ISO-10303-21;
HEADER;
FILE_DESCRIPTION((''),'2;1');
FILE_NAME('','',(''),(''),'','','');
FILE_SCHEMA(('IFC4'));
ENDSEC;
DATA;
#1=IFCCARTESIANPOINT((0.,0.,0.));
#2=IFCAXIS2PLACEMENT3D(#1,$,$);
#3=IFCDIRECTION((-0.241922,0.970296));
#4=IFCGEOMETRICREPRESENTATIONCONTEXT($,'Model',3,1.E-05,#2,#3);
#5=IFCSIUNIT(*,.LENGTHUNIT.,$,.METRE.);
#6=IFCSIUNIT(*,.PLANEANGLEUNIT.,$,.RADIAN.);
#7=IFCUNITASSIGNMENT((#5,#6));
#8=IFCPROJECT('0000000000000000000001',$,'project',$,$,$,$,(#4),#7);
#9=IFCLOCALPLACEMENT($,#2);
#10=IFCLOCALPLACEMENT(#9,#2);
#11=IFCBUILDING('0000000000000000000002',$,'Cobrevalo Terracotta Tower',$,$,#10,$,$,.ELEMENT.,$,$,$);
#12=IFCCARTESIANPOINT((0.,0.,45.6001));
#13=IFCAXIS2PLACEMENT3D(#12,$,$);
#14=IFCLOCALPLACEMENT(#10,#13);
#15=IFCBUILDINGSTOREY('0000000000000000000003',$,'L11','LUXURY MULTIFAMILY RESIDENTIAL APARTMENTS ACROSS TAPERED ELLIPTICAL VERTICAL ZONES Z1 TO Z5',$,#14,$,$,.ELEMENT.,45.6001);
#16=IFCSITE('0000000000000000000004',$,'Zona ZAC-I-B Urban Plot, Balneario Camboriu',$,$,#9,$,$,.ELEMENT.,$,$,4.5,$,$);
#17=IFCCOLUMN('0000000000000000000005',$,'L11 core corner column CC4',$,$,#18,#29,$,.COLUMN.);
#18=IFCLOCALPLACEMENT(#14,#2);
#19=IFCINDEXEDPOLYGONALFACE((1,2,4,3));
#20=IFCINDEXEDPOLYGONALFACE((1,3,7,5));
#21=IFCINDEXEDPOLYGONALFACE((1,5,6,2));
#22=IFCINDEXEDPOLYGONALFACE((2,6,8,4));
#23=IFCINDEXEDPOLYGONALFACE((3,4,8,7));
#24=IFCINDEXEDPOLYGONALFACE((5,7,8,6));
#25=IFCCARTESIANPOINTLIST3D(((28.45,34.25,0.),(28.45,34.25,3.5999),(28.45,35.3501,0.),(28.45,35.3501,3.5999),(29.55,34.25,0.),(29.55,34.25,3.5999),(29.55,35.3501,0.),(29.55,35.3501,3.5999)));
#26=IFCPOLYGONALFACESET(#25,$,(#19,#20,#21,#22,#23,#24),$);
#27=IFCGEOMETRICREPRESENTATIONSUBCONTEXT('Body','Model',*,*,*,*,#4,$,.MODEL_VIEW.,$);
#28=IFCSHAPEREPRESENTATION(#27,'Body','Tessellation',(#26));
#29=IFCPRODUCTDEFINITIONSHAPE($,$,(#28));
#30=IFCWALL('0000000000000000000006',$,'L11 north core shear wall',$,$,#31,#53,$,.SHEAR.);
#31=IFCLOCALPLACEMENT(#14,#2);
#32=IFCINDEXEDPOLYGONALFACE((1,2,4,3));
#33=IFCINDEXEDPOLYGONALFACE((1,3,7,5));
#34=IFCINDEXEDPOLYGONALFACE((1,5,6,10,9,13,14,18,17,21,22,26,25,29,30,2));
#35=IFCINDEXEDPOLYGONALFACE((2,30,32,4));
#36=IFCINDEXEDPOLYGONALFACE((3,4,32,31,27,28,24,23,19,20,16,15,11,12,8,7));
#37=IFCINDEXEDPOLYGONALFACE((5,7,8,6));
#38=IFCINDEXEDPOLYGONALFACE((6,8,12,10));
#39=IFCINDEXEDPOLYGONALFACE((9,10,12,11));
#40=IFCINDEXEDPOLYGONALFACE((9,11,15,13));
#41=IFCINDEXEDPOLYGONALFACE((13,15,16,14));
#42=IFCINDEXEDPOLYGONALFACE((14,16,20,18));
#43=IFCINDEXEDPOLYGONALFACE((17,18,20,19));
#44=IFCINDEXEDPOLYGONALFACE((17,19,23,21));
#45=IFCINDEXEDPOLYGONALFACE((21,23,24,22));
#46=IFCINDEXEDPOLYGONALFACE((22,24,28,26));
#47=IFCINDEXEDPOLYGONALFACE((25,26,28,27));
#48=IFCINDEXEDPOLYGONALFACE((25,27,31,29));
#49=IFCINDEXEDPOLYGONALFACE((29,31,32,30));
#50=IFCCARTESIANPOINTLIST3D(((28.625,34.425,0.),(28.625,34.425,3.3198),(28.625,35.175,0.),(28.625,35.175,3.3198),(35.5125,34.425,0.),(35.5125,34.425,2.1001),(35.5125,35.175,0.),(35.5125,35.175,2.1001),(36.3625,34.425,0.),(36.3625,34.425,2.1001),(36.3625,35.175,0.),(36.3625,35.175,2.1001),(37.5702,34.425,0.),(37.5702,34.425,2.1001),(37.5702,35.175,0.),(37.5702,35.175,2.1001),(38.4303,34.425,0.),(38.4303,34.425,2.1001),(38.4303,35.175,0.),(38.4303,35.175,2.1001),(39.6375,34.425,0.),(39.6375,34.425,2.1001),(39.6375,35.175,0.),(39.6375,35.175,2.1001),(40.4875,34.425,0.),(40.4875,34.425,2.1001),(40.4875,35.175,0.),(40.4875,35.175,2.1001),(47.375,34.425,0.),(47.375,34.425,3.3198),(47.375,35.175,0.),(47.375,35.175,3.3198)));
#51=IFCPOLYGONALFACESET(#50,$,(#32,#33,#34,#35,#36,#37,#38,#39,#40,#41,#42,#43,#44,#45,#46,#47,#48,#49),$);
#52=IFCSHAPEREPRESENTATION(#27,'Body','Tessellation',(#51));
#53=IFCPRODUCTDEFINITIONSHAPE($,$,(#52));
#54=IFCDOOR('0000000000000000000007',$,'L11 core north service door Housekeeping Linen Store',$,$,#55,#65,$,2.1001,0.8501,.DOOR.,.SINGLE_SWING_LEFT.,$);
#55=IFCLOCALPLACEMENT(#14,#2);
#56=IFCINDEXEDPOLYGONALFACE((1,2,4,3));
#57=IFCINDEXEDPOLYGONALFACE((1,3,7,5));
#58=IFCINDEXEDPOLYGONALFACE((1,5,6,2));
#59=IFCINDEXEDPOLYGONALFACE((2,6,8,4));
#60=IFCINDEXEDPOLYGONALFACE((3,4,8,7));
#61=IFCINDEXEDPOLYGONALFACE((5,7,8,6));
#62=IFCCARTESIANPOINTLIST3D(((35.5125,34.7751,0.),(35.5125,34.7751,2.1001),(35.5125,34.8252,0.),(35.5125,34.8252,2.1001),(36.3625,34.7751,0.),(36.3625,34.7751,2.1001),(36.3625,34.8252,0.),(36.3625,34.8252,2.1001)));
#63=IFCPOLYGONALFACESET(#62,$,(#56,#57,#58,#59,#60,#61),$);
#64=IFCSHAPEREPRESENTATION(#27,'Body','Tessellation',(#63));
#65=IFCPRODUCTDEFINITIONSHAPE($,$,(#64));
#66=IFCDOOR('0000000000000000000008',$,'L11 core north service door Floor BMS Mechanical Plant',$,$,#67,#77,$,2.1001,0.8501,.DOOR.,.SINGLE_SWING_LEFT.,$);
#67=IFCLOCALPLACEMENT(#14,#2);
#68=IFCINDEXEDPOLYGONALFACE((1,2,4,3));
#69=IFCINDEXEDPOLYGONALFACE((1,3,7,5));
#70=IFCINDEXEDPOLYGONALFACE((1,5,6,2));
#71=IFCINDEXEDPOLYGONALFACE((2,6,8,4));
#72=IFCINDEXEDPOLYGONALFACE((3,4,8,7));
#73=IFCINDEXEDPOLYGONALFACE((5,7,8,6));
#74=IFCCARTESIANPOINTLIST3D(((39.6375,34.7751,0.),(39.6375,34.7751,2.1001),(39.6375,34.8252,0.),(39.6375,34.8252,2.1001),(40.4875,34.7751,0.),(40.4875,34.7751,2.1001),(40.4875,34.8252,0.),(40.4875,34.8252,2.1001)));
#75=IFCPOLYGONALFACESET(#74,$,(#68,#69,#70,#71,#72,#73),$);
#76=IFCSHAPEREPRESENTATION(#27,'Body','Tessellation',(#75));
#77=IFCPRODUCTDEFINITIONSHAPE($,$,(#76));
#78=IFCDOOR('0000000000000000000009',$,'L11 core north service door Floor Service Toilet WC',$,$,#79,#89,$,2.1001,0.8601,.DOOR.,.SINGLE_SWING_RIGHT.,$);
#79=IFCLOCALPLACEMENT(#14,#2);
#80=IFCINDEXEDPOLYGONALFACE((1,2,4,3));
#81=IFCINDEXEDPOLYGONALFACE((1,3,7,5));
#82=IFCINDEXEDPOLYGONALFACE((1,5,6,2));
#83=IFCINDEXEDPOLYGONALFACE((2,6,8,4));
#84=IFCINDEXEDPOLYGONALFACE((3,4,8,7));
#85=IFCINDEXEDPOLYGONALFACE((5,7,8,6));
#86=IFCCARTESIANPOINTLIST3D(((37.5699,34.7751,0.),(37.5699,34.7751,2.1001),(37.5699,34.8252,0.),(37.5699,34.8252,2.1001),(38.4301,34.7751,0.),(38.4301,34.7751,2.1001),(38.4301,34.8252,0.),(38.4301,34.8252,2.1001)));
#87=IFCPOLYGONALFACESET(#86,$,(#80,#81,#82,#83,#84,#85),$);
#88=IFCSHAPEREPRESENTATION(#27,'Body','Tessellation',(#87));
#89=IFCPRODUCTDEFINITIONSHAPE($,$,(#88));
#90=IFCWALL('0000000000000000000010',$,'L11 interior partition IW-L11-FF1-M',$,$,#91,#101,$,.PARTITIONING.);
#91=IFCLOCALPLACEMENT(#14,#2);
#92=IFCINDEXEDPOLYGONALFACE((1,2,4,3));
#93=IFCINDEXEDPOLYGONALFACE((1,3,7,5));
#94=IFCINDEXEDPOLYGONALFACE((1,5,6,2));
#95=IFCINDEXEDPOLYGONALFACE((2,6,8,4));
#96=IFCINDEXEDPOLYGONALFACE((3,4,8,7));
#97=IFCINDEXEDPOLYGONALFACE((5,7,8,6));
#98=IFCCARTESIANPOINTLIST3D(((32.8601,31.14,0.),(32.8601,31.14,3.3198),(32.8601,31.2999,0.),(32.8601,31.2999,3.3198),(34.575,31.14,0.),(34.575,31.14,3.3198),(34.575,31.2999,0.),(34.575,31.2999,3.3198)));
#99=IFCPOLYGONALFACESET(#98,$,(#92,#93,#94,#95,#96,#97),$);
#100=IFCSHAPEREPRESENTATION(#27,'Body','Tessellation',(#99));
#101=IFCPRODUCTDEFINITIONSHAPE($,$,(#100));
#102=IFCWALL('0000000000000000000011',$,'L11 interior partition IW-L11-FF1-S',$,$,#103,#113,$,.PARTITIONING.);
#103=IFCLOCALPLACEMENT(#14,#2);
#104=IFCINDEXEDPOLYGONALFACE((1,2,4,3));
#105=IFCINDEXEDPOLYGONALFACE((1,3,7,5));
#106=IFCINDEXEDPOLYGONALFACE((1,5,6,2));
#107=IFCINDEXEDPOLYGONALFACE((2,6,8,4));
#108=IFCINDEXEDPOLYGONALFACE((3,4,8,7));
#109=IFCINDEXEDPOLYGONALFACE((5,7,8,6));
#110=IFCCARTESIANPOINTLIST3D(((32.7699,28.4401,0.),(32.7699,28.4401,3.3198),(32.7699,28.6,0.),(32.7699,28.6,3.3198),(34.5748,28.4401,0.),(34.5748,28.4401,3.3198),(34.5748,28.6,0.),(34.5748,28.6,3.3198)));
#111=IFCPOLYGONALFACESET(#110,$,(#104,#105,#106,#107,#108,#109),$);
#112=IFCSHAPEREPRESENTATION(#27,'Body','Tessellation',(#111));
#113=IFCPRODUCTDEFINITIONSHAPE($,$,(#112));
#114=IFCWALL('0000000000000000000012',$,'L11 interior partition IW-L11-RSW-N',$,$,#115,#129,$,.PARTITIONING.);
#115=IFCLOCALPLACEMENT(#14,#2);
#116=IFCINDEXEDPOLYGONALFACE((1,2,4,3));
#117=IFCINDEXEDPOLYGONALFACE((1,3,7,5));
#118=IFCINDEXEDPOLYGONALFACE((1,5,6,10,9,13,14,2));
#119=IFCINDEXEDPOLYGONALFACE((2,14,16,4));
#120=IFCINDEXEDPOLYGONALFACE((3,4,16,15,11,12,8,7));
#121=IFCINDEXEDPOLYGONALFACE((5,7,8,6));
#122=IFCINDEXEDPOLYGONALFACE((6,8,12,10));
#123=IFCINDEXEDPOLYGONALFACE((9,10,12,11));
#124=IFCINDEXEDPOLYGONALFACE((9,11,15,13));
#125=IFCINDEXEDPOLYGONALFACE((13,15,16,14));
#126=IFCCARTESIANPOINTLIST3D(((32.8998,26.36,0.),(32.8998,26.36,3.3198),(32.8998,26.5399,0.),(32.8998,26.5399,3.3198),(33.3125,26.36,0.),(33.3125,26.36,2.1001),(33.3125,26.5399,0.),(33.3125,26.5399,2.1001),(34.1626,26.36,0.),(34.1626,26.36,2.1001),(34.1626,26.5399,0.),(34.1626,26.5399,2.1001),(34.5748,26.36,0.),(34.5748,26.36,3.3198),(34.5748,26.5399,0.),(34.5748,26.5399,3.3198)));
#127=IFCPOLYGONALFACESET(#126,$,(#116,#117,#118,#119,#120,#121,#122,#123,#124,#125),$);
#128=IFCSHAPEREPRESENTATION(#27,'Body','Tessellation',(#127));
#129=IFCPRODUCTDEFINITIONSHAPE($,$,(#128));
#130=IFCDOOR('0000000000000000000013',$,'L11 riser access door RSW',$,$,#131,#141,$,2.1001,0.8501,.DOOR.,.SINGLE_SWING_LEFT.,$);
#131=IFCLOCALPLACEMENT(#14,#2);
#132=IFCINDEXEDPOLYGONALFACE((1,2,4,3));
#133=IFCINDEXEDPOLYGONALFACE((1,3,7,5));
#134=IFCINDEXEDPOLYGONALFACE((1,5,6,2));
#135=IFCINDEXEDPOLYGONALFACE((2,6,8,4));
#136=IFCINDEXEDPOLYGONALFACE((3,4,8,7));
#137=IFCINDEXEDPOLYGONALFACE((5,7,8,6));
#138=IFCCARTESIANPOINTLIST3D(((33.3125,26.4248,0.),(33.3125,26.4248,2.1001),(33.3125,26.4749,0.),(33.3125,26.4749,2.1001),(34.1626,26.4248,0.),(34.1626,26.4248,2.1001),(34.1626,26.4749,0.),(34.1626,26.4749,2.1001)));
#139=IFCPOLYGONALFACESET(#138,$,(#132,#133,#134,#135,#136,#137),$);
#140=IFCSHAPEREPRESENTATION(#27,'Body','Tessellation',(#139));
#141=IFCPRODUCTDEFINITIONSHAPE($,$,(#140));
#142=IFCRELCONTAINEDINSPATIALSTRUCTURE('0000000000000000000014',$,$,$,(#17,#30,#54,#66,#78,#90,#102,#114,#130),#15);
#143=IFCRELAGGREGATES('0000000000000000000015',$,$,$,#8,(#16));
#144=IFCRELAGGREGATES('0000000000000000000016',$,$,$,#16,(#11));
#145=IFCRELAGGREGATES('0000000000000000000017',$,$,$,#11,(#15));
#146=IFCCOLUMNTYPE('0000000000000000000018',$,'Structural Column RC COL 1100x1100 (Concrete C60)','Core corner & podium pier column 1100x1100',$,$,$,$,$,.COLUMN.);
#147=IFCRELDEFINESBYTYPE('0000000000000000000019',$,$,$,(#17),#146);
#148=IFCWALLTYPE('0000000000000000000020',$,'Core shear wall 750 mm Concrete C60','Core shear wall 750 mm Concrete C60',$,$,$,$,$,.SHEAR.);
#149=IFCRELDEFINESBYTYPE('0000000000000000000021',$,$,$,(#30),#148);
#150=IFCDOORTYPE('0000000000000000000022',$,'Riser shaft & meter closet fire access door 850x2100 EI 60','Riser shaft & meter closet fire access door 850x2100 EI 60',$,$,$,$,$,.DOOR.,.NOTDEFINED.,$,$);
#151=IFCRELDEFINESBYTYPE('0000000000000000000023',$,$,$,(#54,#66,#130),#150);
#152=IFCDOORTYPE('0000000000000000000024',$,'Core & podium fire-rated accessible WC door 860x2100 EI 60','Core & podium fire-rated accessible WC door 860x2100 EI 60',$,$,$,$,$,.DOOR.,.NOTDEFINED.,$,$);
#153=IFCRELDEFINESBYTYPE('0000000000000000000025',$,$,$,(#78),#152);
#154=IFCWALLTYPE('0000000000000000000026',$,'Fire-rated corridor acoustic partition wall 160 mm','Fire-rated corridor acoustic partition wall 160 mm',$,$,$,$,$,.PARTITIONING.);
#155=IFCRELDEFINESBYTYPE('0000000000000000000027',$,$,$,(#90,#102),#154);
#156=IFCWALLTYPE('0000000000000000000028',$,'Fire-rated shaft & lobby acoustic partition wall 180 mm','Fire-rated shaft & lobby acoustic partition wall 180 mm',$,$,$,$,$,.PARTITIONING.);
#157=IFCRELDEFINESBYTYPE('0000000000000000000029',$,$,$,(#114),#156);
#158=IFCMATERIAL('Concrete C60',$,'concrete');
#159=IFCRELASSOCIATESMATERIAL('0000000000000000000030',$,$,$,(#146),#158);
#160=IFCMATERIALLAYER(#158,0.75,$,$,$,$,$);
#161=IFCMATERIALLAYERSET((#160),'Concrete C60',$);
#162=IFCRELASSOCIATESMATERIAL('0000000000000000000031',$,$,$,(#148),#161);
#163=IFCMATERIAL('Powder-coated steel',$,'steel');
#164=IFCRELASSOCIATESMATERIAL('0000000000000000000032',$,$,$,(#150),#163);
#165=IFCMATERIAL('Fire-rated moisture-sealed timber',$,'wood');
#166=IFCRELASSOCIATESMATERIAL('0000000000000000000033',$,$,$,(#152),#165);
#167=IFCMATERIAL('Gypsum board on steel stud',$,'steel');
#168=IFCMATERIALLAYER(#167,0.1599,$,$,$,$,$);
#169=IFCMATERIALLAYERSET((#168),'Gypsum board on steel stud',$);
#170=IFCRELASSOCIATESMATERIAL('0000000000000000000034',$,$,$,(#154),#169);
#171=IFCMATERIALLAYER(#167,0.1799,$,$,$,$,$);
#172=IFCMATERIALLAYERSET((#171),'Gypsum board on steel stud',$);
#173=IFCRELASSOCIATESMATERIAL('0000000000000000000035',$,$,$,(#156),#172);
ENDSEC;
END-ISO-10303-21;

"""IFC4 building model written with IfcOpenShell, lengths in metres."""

from ifc_helpers import new_model, si_unit, direction, frame, frame_2d, origin, origin_2d, place, context, subcontext, project, spatial, rectangle, extrude, source, transform, mapped, material, layer, layer_set, material_profile, profile_set, type_object, element, fill, save


model = new_model("IFC4")

# Units and contexts
model_context = context("Model", 3, precision=1e-05, world=origin(), true_north=direction((-0.241922, 0.970296)))
body_context = subcontext(model_context, "Body", "Model", "MODEL_VIEW")
ifc_project = project(units=[si_unit("LENGTHUNIT", "METRE"), si_unit("PLANEANGLEUNIT", "RADIAN")], contexts=[model_context])

# Site, building, storey
site_placement = place(None, origin())
site = spatial("IfcSite", under=ifc_project, at=site_placement, Name="Zona ZAC-I-B Urban Plot, Balneario Camboriu", CompositionType="ELEMENT", RefElevation=4.5)
building_placement = place(site_placement, origin())
building = spatial("IfcBuilding", under=site, at=building_placement, Name="Cobrevalo Terracotta Tower", CompositionType="ELEMENT")
storey_placement = place(building_placement, frame((0.0, 0.0, 45.6001)))
storey = spatial("IfcBuildingStorey", under=building, at=storey_placement, Name="L11", Description="LUXURY MULTIFAMILY RESIDENTIAL APARTMENTS ACROSS TAPERED ELLIPTICAL VERTICAL ZONES Z1 TO Z5", CompositionType="ELEMENT", Elevation=45.6001)

# Column
ifc_material_1 = material(Name="Concrete C60", Category="concrete")
ifc_material_profile = material_profile(ifc_material_1, rectangle(XDim=1.1001, YDim=1.1001, at=origin_2d()), Name="RC COL 1100x1100")
ifc_profile_set = profile_set([ifc_material_profile], Name="Concrete C60")
column_type = type_object("IfcColumnType", Name="Structural Column RC COL 1100x1100 (Concrete C60)", Description="Core corner & podium pier column 1100x1100", PredefinedType="COLUMN", material=ifc_profile_set)
column_placement = place(storey_placement, frame((29.0, 34.8, 0.0), z_axis=(0.0, 0.0, 1.0), x_axis=(1.0, 0.0, 0.0)))
element("IfcColumn", 1, at=column_placement, inside=storey, type_object=column_type, Name="L11 core corner column CC4", PredefinedType="COLUMN", context=body_context, shape_type="SweptSolid", body=[
    extrude(rectangle(XDim=1.1001, YDim=1.1001, at=origin_2d()), origin(), (0.0, 0.0, 1.0), 3.5999),
])

# Wall, openings, doors
ifc_layer_1 = layer(ifc_material_1, 0.75)
ifc_layer_set_1 = layer_set([ifc_layer_1], Name="Concrete C60")
wall_type_1 = type_object("IfcWallType", Name="Core shear wall 750 mm Concrete C60", Description="Core shear wall 750 mm Concrete C60", PredefinedType="SHEAR", material=ifc_layer_set_1)
wall_1_placement = place(storey_placement, frame((28.625, 34.8, 0.0), z_axis=(0.0, 0.0, 1.0), x_axis=(1.0, 0.0, 0.0)))
wall_1 = element("IfcWall", 2, at=wall_1_placement, inside=storey, type_object=wall_type_1, Name="L11 north core shear wall", PredefinedType="SHEAR", context=body_context, shape_type="SweptSolid", body=[
    extrude(rectangle(XDim=18.75, YDim=0.75, at=frame_2d((9.375, 0.0))), origin(), (0.0, 0.0, 1.0), 3.3198),
])
opening_1_placement = place(wall_1_placement, frame((6.8875, 0.0, 0.0)))
opening_1 = element("IfcOpeningElement", 3, at=opening_1_placement, cuts=wall_1, PredefinedType="OPENING", context=body_context, shape_type="SweptSolid", body=[
    extrude(rectangle(XDim=0.8501, YDim=2.1001, at=frame_2d((0.425, 1.05))), frame((0.0, 0.385, 0.0), z_axis=(0.0, -1.0, 0.0), x_axis=(1.0, 0.0, 0.0)), (0.0, 0.0, 1.0), 0.77),
])
opening_2_placement = place(wall_1_placement, frame((8.9451, 0.0, 0.0)))
opening_2 = element("IfcOpeningElement", 4, at=opening_2_placement, cuts=wall_1, PredefinedType="OPENING", context=body_context, shape_type="SweptSolid", body=[
    extrude(rectangle(XDim=0.8601, YDim=2.1001, at=frame_2d((0.4302, 1.05))), frame((0.0, 0.385, 0.0), z_axis=(0.0, -1.0, 0.0), x_axis=(1.0, 0.0, 0.0)), (0.0, 0.0, 1.0), 0.77),
])
opening_3_placement = place(wall_1_placement, frame((11.0125, 0.0, 0.0)))
opening_3 = element("IfcOpeningElement", 5, at=opening_3_placement, cuts=wall_1, PredefinedType="OPENING", context=body_context, shape_type="SweptSolid", body=[
    extrude(rectangle(XDim=0.8501, YDim=2.1001, at=frame_2d((0.425, 1.05))), frame((0.0, 0.385, 0.0), z_axis=(0.0, -1.0, 0.0), x_axis=(1.0, 0.0, 0.0)), (0.0, 0.0, 1.0), 0.77),
])
ifc_material_2 = material(Name="Powder-coated steel", Category="steel")
door_type_1 = type_object("IfcDoorType", Name="Riser shaft & meter closet fire access door 850x2100 EI 60", Description="Riser shaft & meter closet fire access door 850x2100 EI 60", OperationType="NOTDEFINED", PredefinedType="DOOR", material=ifc_material_2)
shared_shape_1 = source(origin(), body_context, "Body", "SweptSolid", [
    extrude(rectangle(XDim=0.8501, YDim=2.1001, at=frame_2d((0.425, 1.05))), frame((0.0, 0.0249, 0.0), z_axis=(0.0, -1.0, 0.0), x_axis=(1.0, 0.0, 0.0)), (0.0, 0.0, 1.0), 0.05),
])
door_1_placement = place(opening_1_placement, frame((0.8501, 0.0, 0.0), z_axis=(0.0, 0.0, 1.0), x_axis=(-1.0, 0.0, 0.0)))
door_1 = element("IfcDoor", 6, at=door_1_placement, inside=storey, type_object=door_type_1, Name="L11 core north service door Housekeeping Linen Store", OperationType="SINGLE_SWING_LEFT", OverallHeight=2.1001, OverallWidth=0.8501, PredefinedType="DOOR", context=body_context, shape_type="MappedRepresentation", body=[
    mapped(shared_shape_1, transform((0.0, 0.0, 0.0), scale=1.0)),
])
fill(opening_1, door_1)
door_2_placement = place(opening_3_placement, frame((0.8501, 0.0, 0.0), z_axis=(0.0, 0.0, 1.0), x_axis=(-1.0, 0.0, 0.0)))
door_2 = element("IfcDoor", 7, at=door_2_placement, inside=storey, type_object=door_type_1, Name="L11 core north service door Floor BMS Mechanical Plant", OperationType="SINGLE_SWING_LEFT", OverallHeight=2.1001, OverallWidth=0.8501, PredefinedType="DOOR", context=body_context, shape_type="MappedRepresentation", body=[
    mapped(shared_shape_1, transform((0.0, 0.0, 0.0), scale=1.0)),
])
fill(opening_3, door_2)
ifc_material_3 = material(Name="Fire-rated moisture-sealed timber", Category="wood")
door_type_2 = type_object("IfcDoorType", Name="Core & podium fire-rated accessible WC door 860x2100 EI 60", Description="Core & podium fire-rated accessible WC door 860x2100 EI 60", OperationType="NOTDEFINED", PredefinedType="DOOR", material=ifc_material_3)
shared_shape_2 = source(origin(), body_context, "Body", "SweptSolid", [
    extrude(rectangle(XDim=0.8601, YDim=2.1001, at=frame_2d((0.4302, 1.05))), frame((0.0, 0.0249, 0.0), z_axis=(0.0, -1.0, 0.0), x_axis=(1.0, 0.0, 0.0)), (0.0, 0.0, 1.0), 0.05),
])
door_3_placement = place(opening_2_placement, frame((0.8601, 0.0, 0.0), z_axis=(0.0, 0.0, 1.0), x_axis=(-1.0, 0.0, 0.0)))
door_3 = element("IfcDoor", 8, at=door_3_placement, inside=storey, type_object=door_type_2, Name="L11 core north service door Floor Service Toilet WC", OperationType="SINGLE_SWING_RIGHT", OverallHeight=2.1001, OverallWidth=0.8601, PredefinedType="DOOR", context=body_context, shape_type="MappedRepresentation", body=[
    mapped(shared_shape_2, transform((0.0, 0.0, 0.0), scale=1.0)),
])
fill(opening_2, door_3)

# Walls
ifc_material_4 = material(Name="Gypsum board on steel stud", Category="steel")
ifc_layer_2 = layer(ifc_material_4, 0.1599)
ifc_layer_set_2 = layer_set([ifc_layer_2], Name="Gypsum board on steel stud")
wall_type_2 = type_object("IfcWallType", Name="Fire-rated corridor acoustic partition wall 160 mm", Description="Fire-rated corridor acoustic partition wall 160 mm", PredefinedType="PARTITIONING", material=ifc_layer_set_2)
wall_2_placement = place(storey_placement, frame((32.8601, 31.22, 0.0), z_axis=(0.0, 0.0, 1.0), x_axis=(1.0, 0.0, 0.0)))
element("IfcWall", 9, at=wall_2_placement, inside=storey, type_object=wall_type_2, Name="L11 interior partition IW-L11-FF1-M", PredefinedType="PARTITIONING", context=body_context, shape_type="SweptSolid", body=[
    extrude(rectangle(XDim=1.7148, YDim=0.1599, at=frame_2d((0.8574, 0.0))), origin(), (0.0, 0.0, 1.0), 3.3198),
])
wall_3_placement = place(storey_placement, frame((32.77, 28.52, 0.0), z_axis=(0.0, 0.0, 1.0), x_axis=(1.0, 0.0, 0.0)))
element("IfcWall", 10, at=wall_3_placement, inside=storey, type_object=wall_type_2, Name="L11 interior partition IW-L11-FF1-S", PredefinedType="PARTITIONING", context=body_context, shape_type="SweptSolid", body=[
    extrude(rectangle(XDim=1.8049, YDim=0.1599, at=frame_2d((0.9023, 0.0))), origin(), (0.0, 0.0, 1.0), 3.3198),
])

# Wall, opening, door
ifc_layer_3 = layer(ifc_material_4, 0.1799)
ifc_layer_set_3 = layer_set([ifc_layer_3], Name="Gypsum board on steel stud")
wall_type_3 = type_object("IfcWallType", Name="Fire-rated shaft & lobby acoustic partition wall 180 mm", Description="Fire-rated shaft & lobby acoustic partition wall 180 mm", PredefinedType="PARTITIONING", material=ifc_layer_set_3)
wall_4_placement = place(storey_placement, frame((32.8999, 26.45, 0.0), z_axis=(0.0, 0.0, 1.0), x_axis=(1.0, 0.0, 0.0)))
wall_4 = element("IfcWall", 11, at=wall_4_placement, inside=storey, type_object=wall_type_3, Name="L11 interior partition IW-L11-RSW-N", PredefinedType="PARTITIONING", context=body_context, shape_type="SweptSolid", body=[
    extrude(rectangle(XDim=1.675, YDim=0.1799, at=frame_2d((0.8374, 0.0))), origin(), (0.0, 0.0, 1.0), 3.3198),
])
opening_4_placement = place(wall_4_placement, frame((0.4126, 0.0, 0.0)))
opening_4 = element("IfcOpeningElement", 12, at=opening_4_placement, cuts=wall_4, PredefinedType="OPENING", context=body_context, shape_type="SweptSolid", body=[
    extrude(rectangle(XDim=0.8501, YDim=2.1001, at=frame_2d((0.425, 1.05))), frame((0.0, 0.1001, 0.0), z_axis=(0.0, -1.0, 0.0), x_axis=(1.0, 0.0, 0.0)), (0.0, 0.0, 1.0), 0.2),
])
door_4_placement = place(opening_4_placement, origin())
door_4 = element("IfcDoor", 13, at=door_4_placement, inside=storey, type_object=door_type_1, Name="L11 riser access door RSW", OperationType="SINGLE_SWING_LEFT", OverallHeight=2.1001, OverallWidth=0.8501, PredefinedType="DOOR", context=body_context, shape_type="MappedRepresentation", body=[
    mapped(shared_shape_1, transform((0.0, 0.0, 0.0), scale=1.0)),
])
fill(opening_4, door_4)

save(model, "model.ifc")
